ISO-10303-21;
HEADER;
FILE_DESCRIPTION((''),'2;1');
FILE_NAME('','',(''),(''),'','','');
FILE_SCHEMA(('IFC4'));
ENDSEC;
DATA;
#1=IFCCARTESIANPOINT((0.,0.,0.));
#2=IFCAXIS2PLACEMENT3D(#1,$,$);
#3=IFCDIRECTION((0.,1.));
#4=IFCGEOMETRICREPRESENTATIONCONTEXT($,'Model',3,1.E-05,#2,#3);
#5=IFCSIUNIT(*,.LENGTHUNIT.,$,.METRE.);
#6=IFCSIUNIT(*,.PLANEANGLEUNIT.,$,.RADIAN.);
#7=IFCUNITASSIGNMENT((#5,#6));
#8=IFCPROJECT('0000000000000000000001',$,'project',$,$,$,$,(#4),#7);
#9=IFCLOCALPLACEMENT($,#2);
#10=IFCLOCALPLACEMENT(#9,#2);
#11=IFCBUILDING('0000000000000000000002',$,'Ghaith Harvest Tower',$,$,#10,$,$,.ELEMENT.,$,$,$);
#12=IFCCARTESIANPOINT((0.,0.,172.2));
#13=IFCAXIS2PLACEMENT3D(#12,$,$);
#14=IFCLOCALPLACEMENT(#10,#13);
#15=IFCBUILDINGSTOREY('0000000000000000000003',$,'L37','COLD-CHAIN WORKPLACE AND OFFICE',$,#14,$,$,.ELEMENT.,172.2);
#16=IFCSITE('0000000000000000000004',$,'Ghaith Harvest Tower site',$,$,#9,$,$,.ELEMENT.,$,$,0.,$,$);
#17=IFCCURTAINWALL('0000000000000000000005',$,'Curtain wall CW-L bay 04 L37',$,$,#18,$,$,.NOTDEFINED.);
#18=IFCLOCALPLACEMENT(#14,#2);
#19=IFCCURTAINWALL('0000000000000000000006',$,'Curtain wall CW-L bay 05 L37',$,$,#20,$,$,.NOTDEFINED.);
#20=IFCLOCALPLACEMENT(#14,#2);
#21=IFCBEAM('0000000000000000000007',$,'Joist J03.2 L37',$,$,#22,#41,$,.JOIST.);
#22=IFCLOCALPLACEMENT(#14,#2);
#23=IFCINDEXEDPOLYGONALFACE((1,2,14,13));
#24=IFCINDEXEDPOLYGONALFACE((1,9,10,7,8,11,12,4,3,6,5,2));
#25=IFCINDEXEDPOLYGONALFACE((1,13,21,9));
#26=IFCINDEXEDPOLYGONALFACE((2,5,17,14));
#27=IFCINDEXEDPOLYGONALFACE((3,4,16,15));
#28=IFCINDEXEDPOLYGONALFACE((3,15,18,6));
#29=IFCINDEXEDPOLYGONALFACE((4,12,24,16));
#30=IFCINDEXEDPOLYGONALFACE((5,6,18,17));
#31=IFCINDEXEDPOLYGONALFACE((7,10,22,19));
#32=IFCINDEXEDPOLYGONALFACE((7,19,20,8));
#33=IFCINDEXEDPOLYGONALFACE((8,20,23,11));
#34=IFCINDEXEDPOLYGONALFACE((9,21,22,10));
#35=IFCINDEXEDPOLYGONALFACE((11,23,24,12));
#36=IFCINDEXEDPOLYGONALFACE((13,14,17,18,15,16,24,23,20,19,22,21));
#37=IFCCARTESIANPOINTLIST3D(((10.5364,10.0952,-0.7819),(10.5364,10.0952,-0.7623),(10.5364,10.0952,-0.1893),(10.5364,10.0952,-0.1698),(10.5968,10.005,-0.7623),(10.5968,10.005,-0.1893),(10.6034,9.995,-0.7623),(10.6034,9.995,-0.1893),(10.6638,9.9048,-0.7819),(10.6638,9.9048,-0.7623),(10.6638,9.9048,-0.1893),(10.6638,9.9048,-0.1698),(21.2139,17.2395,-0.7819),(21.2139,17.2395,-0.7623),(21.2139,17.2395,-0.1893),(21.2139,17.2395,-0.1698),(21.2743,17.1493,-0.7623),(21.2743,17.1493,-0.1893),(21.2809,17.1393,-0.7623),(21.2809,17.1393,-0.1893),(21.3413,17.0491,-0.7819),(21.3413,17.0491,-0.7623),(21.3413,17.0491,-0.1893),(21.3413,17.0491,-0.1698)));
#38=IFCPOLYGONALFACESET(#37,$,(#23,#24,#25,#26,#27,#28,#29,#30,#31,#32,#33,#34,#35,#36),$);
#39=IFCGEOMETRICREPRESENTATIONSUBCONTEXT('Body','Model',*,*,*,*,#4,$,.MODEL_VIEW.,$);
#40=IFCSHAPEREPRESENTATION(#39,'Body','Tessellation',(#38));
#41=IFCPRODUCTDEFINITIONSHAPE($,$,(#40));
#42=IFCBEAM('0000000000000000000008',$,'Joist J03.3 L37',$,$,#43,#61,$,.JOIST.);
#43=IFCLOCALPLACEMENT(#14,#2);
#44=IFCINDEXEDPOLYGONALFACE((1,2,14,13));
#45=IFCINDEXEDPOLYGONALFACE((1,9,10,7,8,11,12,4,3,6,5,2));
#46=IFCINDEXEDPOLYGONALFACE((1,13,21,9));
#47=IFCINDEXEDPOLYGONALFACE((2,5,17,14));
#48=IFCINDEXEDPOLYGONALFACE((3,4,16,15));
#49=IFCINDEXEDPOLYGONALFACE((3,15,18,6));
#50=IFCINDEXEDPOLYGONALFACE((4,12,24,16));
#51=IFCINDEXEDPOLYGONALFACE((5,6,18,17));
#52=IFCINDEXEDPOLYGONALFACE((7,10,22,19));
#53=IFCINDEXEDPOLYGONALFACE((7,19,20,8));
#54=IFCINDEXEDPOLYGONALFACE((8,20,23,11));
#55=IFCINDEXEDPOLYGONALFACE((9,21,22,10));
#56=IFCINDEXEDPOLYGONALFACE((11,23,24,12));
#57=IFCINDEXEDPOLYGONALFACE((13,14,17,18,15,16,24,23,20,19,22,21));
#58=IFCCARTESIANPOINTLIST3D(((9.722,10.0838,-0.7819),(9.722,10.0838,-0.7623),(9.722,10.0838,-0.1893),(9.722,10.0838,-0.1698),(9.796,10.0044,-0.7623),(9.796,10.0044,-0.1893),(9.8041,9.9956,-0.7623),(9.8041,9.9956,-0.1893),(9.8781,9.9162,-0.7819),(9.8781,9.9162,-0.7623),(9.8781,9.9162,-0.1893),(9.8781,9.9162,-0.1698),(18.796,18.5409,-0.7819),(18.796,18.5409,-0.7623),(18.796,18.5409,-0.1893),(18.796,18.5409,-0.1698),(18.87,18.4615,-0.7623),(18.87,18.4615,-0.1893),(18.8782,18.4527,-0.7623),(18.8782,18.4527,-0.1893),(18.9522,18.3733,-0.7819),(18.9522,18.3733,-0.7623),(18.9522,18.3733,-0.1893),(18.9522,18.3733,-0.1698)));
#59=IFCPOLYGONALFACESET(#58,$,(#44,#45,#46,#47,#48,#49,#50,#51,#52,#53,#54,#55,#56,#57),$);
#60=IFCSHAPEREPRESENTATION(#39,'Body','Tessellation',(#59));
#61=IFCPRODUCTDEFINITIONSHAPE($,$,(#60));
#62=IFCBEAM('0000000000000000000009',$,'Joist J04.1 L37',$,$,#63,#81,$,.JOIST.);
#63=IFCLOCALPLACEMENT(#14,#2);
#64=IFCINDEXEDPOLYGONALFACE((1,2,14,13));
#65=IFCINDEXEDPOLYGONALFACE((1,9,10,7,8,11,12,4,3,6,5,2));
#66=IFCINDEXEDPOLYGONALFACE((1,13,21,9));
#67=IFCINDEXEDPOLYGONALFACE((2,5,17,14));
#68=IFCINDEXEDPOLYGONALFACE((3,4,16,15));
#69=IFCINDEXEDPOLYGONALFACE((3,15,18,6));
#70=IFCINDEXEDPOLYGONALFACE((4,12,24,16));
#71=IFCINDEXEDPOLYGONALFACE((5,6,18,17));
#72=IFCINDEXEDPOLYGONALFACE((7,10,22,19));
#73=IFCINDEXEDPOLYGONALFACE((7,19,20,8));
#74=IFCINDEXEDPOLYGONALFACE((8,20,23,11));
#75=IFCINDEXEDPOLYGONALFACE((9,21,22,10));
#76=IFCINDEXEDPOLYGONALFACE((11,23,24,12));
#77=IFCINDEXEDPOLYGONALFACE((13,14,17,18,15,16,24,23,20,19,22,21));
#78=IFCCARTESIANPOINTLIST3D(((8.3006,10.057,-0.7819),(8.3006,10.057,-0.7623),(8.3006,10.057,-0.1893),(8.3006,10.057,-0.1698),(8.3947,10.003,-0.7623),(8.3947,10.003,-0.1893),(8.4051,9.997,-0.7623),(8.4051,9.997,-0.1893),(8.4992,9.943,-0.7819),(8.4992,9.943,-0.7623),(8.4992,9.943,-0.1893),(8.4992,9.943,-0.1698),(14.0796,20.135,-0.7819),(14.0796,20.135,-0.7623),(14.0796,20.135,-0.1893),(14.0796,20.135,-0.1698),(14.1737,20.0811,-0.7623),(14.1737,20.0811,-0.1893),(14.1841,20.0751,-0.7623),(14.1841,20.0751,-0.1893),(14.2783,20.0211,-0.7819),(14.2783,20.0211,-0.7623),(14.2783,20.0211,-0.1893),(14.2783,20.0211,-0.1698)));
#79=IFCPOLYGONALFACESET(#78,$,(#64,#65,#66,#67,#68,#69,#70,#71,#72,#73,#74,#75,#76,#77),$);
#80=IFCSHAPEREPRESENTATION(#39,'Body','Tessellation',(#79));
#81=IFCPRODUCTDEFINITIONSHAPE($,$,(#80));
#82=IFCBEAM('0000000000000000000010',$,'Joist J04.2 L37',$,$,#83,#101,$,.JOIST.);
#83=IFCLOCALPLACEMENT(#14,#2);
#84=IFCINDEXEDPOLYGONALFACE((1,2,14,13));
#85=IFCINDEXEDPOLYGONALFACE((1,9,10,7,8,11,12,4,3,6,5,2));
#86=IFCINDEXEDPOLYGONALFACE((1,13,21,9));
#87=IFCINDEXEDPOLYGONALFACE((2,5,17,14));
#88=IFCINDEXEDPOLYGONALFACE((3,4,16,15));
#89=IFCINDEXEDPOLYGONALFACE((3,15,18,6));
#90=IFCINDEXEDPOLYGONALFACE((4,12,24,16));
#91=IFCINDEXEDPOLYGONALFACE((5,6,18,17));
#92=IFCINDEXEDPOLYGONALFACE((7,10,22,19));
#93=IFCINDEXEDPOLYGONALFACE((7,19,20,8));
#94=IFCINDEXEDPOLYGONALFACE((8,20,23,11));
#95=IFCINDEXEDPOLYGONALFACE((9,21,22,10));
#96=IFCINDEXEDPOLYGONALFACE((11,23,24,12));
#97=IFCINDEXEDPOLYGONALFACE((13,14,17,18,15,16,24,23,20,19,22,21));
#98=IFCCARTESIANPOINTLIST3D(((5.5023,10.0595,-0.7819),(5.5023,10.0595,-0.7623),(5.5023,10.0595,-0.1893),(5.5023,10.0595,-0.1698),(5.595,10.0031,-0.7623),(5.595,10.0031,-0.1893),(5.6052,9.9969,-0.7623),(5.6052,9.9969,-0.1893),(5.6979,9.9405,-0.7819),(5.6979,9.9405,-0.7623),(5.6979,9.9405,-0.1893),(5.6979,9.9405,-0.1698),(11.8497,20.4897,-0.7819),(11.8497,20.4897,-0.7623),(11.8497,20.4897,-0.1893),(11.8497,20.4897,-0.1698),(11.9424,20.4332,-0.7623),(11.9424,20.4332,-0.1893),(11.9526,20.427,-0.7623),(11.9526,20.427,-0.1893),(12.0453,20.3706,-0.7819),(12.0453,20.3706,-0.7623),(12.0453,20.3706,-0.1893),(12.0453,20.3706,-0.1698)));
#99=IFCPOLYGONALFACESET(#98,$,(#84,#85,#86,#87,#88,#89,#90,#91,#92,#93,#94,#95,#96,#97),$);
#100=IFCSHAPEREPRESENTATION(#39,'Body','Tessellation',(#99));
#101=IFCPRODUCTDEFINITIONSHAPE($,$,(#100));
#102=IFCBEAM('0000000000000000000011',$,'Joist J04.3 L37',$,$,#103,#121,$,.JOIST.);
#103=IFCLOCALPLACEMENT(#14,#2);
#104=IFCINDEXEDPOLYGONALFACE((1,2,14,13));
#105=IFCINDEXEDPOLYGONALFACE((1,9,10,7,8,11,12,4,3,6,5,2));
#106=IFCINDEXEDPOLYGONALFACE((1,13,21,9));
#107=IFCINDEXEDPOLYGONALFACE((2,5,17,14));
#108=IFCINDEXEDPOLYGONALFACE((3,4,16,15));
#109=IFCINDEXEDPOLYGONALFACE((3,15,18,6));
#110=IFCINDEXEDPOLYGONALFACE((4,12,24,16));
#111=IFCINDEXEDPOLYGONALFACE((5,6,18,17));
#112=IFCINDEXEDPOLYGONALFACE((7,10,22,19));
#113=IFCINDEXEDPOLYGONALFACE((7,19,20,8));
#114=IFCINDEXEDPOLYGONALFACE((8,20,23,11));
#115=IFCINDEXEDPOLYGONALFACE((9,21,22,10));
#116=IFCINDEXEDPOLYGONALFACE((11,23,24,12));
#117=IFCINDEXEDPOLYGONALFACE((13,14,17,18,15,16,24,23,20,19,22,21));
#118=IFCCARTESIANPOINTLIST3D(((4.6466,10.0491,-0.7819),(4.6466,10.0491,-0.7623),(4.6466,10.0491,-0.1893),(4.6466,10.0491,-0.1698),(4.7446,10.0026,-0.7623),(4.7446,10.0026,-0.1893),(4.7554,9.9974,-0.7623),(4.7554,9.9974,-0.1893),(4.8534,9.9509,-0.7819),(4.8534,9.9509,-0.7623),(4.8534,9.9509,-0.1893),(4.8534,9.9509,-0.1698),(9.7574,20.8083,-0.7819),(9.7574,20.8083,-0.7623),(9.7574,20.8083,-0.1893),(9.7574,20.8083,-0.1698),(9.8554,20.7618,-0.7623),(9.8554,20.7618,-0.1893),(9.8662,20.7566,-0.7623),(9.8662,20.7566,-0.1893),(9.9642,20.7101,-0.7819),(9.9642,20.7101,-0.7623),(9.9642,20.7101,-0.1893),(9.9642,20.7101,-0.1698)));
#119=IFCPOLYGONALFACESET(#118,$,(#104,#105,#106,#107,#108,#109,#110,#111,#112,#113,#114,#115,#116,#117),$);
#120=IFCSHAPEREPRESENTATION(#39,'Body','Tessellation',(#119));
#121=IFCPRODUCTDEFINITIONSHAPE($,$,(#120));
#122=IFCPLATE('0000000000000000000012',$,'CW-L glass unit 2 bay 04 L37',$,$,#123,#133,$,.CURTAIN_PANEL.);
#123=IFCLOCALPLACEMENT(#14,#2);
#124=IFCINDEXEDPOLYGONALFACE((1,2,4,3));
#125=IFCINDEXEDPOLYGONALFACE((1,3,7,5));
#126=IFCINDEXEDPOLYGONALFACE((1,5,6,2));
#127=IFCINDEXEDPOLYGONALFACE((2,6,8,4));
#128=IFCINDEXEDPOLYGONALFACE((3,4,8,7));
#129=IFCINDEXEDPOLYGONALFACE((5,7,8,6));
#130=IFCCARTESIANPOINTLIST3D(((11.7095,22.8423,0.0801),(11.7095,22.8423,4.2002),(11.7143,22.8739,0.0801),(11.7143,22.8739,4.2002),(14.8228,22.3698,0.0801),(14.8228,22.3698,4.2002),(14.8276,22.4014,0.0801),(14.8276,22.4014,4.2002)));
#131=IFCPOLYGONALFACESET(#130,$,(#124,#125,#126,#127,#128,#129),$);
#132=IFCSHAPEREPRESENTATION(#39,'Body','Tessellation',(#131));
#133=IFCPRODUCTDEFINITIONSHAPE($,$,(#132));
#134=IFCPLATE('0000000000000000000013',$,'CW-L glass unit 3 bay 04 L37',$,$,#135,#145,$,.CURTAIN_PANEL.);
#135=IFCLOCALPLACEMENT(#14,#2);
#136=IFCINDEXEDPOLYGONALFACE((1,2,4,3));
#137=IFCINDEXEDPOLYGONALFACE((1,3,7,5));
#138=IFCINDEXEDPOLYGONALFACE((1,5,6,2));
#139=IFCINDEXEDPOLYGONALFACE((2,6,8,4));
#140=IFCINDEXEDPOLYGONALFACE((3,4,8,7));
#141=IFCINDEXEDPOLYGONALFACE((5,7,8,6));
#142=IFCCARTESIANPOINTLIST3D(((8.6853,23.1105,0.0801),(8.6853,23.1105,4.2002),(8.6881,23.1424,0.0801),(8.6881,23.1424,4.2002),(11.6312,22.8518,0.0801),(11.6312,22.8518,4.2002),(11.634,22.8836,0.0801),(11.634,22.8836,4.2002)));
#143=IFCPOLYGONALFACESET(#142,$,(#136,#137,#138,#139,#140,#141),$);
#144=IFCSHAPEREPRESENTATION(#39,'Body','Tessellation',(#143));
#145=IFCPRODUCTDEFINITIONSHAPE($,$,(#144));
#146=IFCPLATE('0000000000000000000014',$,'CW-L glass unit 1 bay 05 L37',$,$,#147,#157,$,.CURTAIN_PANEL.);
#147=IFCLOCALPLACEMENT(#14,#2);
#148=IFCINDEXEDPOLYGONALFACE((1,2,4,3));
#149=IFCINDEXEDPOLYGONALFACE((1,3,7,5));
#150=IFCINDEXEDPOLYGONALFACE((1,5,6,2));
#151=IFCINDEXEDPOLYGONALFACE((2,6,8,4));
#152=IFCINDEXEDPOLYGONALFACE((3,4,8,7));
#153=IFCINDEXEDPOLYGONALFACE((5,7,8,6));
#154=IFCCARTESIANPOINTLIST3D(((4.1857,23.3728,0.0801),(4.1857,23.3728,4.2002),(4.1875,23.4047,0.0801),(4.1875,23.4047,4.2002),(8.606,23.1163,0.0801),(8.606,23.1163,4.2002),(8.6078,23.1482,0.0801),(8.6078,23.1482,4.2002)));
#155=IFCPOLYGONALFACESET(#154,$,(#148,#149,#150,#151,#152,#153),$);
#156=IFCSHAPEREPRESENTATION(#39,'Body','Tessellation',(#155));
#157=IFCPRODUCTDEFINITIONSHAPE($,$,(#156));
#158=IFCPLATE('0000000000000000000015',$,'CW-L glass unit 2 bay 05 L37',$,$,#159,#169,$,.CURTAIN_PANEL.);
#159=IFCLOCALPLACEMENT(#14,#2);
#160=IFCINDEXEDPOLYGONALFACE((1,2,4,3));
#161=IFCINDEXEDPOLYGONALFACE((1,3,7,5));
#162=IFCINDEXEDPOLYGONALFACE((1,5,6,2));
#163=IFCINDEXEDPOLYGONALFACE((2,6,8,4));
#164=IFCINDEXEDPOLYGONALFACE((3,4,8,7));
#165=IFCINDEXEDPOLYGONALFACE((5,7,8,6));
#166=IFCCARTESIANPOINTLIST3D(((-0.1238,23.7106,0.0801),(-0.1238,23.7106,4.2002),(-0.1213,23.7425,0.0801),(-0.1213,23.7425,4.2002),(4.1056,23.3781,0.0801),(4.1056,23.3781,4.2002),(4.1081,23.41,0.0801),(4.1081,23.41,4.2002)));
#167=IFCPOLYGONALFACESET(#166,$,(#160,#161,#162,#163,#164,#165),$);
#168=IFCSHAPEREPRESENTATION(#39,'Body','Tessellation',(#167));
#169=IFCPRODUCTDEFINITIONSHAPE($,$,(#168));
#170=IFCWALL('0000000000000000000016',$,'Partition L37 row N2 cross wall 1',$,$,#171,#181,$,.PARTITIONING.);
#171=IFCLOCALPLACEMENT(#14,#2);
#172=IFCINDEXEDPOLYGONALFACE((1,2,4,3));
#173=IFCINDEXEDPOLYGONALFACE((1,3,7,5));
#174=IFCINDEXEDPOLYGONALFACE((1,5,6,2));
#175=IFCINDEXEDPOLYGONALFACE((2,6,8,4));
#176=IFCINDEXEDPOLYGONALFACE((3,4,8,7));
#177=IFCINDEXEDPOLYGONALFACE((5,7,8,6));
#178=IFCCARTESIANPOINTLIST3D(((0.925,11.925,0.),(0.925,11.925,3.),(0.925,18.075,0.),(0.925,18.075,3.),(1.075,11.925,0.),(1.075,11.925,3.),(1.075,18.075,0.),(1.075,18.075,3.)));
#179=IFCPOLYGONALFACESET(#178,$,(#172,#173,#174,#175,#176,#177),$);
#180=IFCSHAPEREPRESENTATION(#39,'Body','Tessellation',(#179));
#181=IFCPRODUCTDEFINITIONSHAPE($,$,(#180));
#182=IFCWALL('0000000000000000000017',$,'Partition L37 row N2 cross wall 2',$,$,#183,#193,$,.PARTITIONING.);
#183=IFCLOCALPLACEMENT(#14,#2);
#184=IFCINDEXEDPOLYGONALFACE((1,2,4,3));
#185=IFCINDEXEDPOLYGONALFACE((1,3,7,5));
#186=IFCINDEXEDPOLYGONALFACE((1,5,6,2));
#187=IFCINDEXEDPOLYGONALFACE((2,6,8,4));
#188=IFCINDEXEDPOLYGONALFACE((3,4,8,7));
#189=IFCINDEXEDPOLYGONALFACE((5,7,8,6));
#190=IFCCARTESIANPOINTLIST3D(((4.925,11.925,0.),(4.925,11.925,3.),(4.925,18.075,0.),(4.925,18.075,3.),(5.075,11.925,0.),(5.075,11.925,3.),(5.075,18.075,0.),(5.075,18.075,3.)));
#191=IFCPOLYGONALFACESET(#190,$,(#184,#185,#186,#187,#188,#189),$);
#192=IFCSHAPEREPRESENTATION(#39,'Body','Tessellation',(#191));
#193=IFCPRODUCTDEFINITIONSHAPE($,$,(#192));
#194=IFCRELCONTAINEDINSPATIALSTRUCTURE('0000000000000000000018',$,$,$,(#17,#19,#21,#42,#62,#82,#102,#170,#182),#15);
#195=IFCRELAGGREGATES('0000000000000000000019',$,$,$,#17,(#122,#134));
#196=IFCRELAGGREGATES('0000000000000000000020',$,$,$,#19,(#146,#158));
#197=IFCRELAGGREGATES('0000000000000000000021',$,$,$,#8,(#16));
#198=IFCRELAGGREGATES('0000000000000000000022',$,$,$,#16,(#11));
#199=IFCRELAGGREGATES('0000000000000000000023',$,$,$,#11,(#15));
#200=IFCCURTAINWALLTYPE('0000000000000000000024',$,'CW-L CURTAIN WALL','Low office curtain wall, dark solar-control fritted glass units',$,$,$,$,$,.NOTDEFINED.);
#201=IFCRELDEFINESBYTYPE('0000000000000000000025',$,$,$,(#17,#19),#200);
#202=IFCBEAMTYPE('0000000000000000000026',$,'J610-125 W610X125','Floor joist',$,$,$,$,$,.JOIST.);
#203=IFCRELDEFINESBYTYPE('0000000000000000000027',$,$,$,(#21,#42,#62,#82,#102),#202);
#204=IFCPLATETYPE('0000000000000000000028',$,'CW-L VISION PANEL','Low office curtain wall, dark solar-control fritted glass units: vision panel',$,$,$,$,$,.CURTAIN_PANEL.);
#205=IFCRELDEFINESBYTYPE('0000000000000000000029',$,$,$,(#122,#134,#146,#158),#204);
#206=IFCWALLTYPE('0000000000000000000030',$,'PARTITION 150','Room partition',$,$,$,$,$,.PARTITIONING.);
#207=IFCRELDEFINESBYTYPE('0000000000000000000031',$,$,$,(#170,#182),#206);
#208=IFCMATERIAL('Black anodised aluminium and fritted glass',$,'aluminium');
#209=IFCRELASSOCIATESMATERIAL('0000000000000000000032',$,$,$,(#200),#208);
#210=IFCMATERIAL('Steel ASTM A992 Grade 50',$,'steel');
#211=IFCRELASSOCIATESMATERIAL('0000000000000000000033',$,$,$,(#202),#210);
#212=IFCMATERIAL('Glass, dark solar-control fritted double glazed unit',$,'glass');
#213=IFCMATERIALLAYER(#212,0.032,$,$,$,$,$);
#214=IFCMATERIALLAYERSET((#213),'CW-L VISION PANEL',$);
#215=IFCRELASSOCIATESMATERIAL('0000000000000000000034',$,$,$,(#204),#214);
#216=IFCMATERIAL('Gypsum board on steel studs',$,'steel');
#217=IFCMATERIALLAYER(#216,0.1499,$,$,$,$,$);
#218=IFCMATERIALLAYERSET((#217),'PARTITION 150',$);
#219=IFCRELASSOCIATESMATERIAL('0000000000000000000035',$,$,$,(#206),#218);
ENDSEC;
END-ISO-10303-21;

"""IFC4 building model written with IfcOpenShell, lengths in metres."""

from ifc_helpers import new_model, si_unit, direction, frame, frame_2d, origin, origin_2d, place, context, subcontext, project, spatial, rectangle, i_section, extrude, material, layer, layer_set, material_profile, profile_set, type_object, element, aggregate, save


model = new_model("IFC4")

# Units and contexts
model_context = context("Model", 3, precision=1e-05, world=origin(), true_north=direction((0.0, 1.0)))
body_context = subcontext(model_context, "Body", "Model", "MODEL_VIEW")
ifc_project = project(units=[si_unit("LENGTHUNIT", "METRE"), si_unit("PLANEANGLEUNIT", "RADIAN")], contexts=[model_context])

# Site, building, storey
site_placement = place(None, origin())
site = spatial("IfcSite", under=ifc_project, at=site_placement, Name="Ghaith Harvest Tower site", CompositionType="ELEMENT", RefElevation=0.0)
building_placement = place(site_placement, origin())
building = spatial("IfcBuilding", under=site, at=building_placement, Name="Ghaith Harvest Tower", CompositionType="ELEMENT")
storey_placement = place(building_placement, frame((0.0, 0.0, 172.2)))
storey = spatial("IfcBuildingStorey", under=building, at=storey_placement, Name="L37", Description="COLD-CHAIN WORKPLACE AND OFFICE", CompositionType="ELEMENT", Elevation=172.2)

# Curtain wall
ifc_material_1 = material(Name="Black anodised aluminium and fritted glass", Category="aluminium")
curtain_wall_type = type_object("IfcCurtainWallType", Name="CW-L CURTAIN WALL", Description="Low office curtain wall, dark solar-control fritted glass units", PredefinedType="NOTDEFINED", material=ifc_material_1)
curtain_wall_1_placement = place(storey_placement, origin())
curtain_wall_1 = element("IfcCurtainWall", 1, at=curtain_wall_1_placement, inside=storey, type_object=curtain_wall_type, Name="Curtain wall CW-L bay 04 L37", PredefinedType="NOTDEFINED")

# Curtain wall
curtain_wall_2_placement = place(storey_placement, origin())
curtain_wall_2 = element("IfcCurtainWall", 2, at=curtain_wall_2_placement, inside=storey, type_object=curtain_wall_type, Name="Curtain wall CW-L bay 05 L37", PredefinedType="NOTDEFINED")

# Beams
ifc_material_2 = material(Name="Steel ASTM A992 Grade 50", Category="steel")
ifc_material_profile_1 = material_profile(ifc_material_2, i_section(OverallWidth=0.229, OverallDepth=0.6121, WebThickness=0.012, FlangeThickness=0.0195, at=origin_2d()), Name="W610X125")
ifc_profile_set_1 = profile_set([ifc_material_profile_1], Name="Steel ASTM A992 Grade 50")
beam_type_1 = type_object("IfcBeamType", Name="J610-125 W610X125", Description="Floor joist", PredefinedType="JOIST", material=ifc_profile_set_1)
beam_1_placement = place(storey_placement, frame((10.6001, 10.0, -0.4758), z_axis=(0.831116, 0.556098, 0.0), x_axis=(-0.556098, 0.831116, 0.0)))
element("IfcBeam", 3, at=beam_1_placement, inside=storey, type_object=beam_type_1, Name="Joist J03.2 L37", PredefinedType="JOIST", context=body_context, shape_type="SweptSolid", body=[
    extrude(i_section(OverallWidth=0.229, OverallDepth=0.6121, WebThickness=0.012, FlangeThickness=0.0195, at=origin_2d()), origin(), (0.0, 0.0, 1.0), 12.8472),
])
beam_2_placement = place(storey_placement, frame((9.8, 10.0, -0.4758), z_axis=(0.731538, 0.681801, 0.0), x_axis=(-0.681801, 0.731538, 0.0)))
element("IfcBeam", 4, at=beam_2_placement, inside=storey, type_object=beam_type_1, Name="Joist J03.3 L37", PredefinedType="JOIST", context=body_context, shape_type="SweptSolid", body=[
    extrude(i_section(OverallWidth=0.229, OverallDepth=0.6121, WebThickness=0.012, FlangeThickness=0.0195, at=origin_2d()), origin(), (0.0, 0.0, 1.0), 12.4041),
])
beam_3_placement = place(storey_placement, frame((8.3999, 10.0, -0.4758), z_axis=(0.497444, 0.867496, 0.0), x_axis=(-0.867496, 0.497444, 0.0)))
element("IfcBeam", 5, at=beam_3_placement, inside=storey, type_object=beam_type_1, Name="Joist J04.1 L37", PredefinedType="JOIST", context=body_context, shape_type="SweptSolid", body=[
    extrude(i_section(OverallWidth=0.229, OverallDepth=0.6121, WebThickness=0.012, FlangeThickness=0.0195, at=origin_2d()), origin(), (0.0, 0.0, 1.0), 11.6174),
])
beam_4_placement = place(storey_placement, frame((5.6001, 10.0, -0.4758), z_axis=(0.519864, 0.854249, 0.0), x_axis=(-0.854249, 0.519864, 0.0)))
element("IfcBeam", 6, at=beam_4_placement, inside=storey, type_object=beam_type_1, Name="Joist J04.2 L37", PredefinedType="JOIST", context=body_context, shape_type="SweptSolid", body=[
    extrude(i_section(OverallWidth=0.229, OverallDepth=0.6121, WebThickness=0.012, FlangeThickness=0.0195, at=origin_2d()), origin(), (0.0, 0.0, 1.0), 12.2097),
])
beam_5_placement = place(storey_placement, frame((4.75, 10.0, -0.4758), z_axis=(0.429069, 0.903272, 0.0), x_axis=(-0.903272, 0.429069, 0.0)))
element("IfcBeam", 7, at=beam_5_placement, inside=storey, type_object=beam_type_1, Name="Joist J04.3 L37", PredefinedType="JOIST", context=body_context, shape_type="SweptSolid", body=[
    extrude(i_section(OverallWidth=0.229, OverallDepth=0.6121, WebThickness=0.012, FlangeThickness=0.0195, at=origin_2d()), origin(), (0.0, 0.0, 1.0), 11.9114),
])

# Plates
ifc_material_3 = material(Name="Glass, dark solar-control fritted double glazed unit", Category="glass")
ifc_layer_1 = layer(ifc_material_3, 0.032)
ifc_layer_set_1 = layer_set([ifc_layer_1], Name="CW-L VISION PANEL")
plate_type = type_object("IfcPlateType", Name="CW-L VISION PANEL", Description="Low office curtain wall, dark solar-control fritted glass units: vision panel", PredefinedType="CURTAIN_PANEL", material=ifc_layer_set_1)
plate_1_placement = place(storey_placement, frame((13.2686, 22.6218, 0.0801), z_axis=(0.0, 0.0, 1.0), x_axis=(-0.988679, 0.150048, 0.0)))
plate_1 = element("IfcPlate", 8, at=plate_1_placement, type_object=plate_type, Name="CW-L glass unit 2 bay 04 L37", PredefinedType="CURTAIN_PANEL", context=body_context, shape_type="SweptSolid", body=[
    extrude(rectangle(XDim=3.1489, YDim=0.032, at=origin_2d()), origin(), (0.0, 0.0, 1.0), 4.1201),
])
plate_2_placement = place(storey_placement, frame((10.1597, 22.9971, 0.0801), z_axis=(0.0, 0.0, 1.0), x_axis=(-0.996166, 0.087481, 0.0)))
plate_2 = element("IfcPlate", 9, at=plate_2_placement, type_object=plate_type, Name="CW-L glass unit 3 bay 04 L37", PredefinedType="CURTAIN_PANEL", context=body_context, shape_type="SweptSolid", body=[
    extrude(rectangle(XDim=2.9573, YDim=0.032, at=origin_2d()), origin(), (0.0, 0.0, 1.0), 4.1201),
])
aggregate(curtain_wall_1, [plate_1, plate_2])
plate_3_placement = place(storey_placement, frame((6.3967, 23.2605, 0.0801), z_axis=(0.0, 0.0, 1.0), x_axis=(-0.998321, 0.057927, 0.0)))
plate_3 = element("IfcPlate", 10, at=plate_3_placement, type_object=plate_type, Name="CW-L glass unit 1 bay 05 L37", PredefinedType="CURTAIN_PANEL", context=body_context, shape_type="SweptSolid", body=[
    extrude(rectangle(XDim=4.4277, YDim=0.032, at=origin_2d()), origin(), (0.0, 0.0, 1.0), 4.1201),
])
plate_4_placement = place(storey_placement, frame((1.9922, 23.5603, 0.0801), z_axis=(0.0, 0.0, 1.0), x_axis=(-0.996925, 0.07836, 0.0)))
plate_4 = element("IfcPlate", 11, at=plate_4_placement, type_object=plate_type, Name="CW-L glass unit 2 bay 05 L37", PredefinedType="CURTAIN_PANEL", context=body_context, shape_type="SweptSolid", body=[
    extrude(rectangle(XDim=4.2424, YDim=0.032, at=origin_2d()), origin(), (0.0, 0.0, 1.0), 4.1201),
])
aggregate(curtain_wall_2, [plate_3, plate_4])

# Walls
ifc_material_4 = material(Name="Gypsum board on steel studs", Category="steel")
ifc_layer_2 = layer(ifc_material_4, 0.1499)
ifc_layer_set_2 = layer_set([ifc_layer_2], Name="PARTITION 150")
wall_type = type_object("IfcWallType", Name="PARTITION 150", Description="Room partition", PredefinedType="PARTITIONING", material=ifc_layer_set_2)
for number, where, z_axis, x_axis, name in (
    (12, (1.0, 11.925, 0.0), (0.0, 0.0, 1.0), (0.0, 1.0, 0.0), "Partition L37 row N2 cross wall 1"),
    (13, (5.0, 11.925, 0.0), (0.0, 0.0, 1.0), (0.0, 1.0, 0.0), "Partition L37 row N2 cross wall 2"),
):
    element("IfcWall", number, at=place(storey_placement, frame(where, z_axis=z_axis, x_axis=x_axis)), inside=storey, type_object=wall_type, Name=name, PredefinedType="PARTITIONING", context=body_context, shape_type="SweptSolid", body=[
        extrude(rectangle(XDim=6.1499, YDim=0.1499, at=frame_2d((3.075, 0.0))), origin(), (0.0, 0.0, 1.0), 3.0),
    ])

save(model, "model.ifc")
